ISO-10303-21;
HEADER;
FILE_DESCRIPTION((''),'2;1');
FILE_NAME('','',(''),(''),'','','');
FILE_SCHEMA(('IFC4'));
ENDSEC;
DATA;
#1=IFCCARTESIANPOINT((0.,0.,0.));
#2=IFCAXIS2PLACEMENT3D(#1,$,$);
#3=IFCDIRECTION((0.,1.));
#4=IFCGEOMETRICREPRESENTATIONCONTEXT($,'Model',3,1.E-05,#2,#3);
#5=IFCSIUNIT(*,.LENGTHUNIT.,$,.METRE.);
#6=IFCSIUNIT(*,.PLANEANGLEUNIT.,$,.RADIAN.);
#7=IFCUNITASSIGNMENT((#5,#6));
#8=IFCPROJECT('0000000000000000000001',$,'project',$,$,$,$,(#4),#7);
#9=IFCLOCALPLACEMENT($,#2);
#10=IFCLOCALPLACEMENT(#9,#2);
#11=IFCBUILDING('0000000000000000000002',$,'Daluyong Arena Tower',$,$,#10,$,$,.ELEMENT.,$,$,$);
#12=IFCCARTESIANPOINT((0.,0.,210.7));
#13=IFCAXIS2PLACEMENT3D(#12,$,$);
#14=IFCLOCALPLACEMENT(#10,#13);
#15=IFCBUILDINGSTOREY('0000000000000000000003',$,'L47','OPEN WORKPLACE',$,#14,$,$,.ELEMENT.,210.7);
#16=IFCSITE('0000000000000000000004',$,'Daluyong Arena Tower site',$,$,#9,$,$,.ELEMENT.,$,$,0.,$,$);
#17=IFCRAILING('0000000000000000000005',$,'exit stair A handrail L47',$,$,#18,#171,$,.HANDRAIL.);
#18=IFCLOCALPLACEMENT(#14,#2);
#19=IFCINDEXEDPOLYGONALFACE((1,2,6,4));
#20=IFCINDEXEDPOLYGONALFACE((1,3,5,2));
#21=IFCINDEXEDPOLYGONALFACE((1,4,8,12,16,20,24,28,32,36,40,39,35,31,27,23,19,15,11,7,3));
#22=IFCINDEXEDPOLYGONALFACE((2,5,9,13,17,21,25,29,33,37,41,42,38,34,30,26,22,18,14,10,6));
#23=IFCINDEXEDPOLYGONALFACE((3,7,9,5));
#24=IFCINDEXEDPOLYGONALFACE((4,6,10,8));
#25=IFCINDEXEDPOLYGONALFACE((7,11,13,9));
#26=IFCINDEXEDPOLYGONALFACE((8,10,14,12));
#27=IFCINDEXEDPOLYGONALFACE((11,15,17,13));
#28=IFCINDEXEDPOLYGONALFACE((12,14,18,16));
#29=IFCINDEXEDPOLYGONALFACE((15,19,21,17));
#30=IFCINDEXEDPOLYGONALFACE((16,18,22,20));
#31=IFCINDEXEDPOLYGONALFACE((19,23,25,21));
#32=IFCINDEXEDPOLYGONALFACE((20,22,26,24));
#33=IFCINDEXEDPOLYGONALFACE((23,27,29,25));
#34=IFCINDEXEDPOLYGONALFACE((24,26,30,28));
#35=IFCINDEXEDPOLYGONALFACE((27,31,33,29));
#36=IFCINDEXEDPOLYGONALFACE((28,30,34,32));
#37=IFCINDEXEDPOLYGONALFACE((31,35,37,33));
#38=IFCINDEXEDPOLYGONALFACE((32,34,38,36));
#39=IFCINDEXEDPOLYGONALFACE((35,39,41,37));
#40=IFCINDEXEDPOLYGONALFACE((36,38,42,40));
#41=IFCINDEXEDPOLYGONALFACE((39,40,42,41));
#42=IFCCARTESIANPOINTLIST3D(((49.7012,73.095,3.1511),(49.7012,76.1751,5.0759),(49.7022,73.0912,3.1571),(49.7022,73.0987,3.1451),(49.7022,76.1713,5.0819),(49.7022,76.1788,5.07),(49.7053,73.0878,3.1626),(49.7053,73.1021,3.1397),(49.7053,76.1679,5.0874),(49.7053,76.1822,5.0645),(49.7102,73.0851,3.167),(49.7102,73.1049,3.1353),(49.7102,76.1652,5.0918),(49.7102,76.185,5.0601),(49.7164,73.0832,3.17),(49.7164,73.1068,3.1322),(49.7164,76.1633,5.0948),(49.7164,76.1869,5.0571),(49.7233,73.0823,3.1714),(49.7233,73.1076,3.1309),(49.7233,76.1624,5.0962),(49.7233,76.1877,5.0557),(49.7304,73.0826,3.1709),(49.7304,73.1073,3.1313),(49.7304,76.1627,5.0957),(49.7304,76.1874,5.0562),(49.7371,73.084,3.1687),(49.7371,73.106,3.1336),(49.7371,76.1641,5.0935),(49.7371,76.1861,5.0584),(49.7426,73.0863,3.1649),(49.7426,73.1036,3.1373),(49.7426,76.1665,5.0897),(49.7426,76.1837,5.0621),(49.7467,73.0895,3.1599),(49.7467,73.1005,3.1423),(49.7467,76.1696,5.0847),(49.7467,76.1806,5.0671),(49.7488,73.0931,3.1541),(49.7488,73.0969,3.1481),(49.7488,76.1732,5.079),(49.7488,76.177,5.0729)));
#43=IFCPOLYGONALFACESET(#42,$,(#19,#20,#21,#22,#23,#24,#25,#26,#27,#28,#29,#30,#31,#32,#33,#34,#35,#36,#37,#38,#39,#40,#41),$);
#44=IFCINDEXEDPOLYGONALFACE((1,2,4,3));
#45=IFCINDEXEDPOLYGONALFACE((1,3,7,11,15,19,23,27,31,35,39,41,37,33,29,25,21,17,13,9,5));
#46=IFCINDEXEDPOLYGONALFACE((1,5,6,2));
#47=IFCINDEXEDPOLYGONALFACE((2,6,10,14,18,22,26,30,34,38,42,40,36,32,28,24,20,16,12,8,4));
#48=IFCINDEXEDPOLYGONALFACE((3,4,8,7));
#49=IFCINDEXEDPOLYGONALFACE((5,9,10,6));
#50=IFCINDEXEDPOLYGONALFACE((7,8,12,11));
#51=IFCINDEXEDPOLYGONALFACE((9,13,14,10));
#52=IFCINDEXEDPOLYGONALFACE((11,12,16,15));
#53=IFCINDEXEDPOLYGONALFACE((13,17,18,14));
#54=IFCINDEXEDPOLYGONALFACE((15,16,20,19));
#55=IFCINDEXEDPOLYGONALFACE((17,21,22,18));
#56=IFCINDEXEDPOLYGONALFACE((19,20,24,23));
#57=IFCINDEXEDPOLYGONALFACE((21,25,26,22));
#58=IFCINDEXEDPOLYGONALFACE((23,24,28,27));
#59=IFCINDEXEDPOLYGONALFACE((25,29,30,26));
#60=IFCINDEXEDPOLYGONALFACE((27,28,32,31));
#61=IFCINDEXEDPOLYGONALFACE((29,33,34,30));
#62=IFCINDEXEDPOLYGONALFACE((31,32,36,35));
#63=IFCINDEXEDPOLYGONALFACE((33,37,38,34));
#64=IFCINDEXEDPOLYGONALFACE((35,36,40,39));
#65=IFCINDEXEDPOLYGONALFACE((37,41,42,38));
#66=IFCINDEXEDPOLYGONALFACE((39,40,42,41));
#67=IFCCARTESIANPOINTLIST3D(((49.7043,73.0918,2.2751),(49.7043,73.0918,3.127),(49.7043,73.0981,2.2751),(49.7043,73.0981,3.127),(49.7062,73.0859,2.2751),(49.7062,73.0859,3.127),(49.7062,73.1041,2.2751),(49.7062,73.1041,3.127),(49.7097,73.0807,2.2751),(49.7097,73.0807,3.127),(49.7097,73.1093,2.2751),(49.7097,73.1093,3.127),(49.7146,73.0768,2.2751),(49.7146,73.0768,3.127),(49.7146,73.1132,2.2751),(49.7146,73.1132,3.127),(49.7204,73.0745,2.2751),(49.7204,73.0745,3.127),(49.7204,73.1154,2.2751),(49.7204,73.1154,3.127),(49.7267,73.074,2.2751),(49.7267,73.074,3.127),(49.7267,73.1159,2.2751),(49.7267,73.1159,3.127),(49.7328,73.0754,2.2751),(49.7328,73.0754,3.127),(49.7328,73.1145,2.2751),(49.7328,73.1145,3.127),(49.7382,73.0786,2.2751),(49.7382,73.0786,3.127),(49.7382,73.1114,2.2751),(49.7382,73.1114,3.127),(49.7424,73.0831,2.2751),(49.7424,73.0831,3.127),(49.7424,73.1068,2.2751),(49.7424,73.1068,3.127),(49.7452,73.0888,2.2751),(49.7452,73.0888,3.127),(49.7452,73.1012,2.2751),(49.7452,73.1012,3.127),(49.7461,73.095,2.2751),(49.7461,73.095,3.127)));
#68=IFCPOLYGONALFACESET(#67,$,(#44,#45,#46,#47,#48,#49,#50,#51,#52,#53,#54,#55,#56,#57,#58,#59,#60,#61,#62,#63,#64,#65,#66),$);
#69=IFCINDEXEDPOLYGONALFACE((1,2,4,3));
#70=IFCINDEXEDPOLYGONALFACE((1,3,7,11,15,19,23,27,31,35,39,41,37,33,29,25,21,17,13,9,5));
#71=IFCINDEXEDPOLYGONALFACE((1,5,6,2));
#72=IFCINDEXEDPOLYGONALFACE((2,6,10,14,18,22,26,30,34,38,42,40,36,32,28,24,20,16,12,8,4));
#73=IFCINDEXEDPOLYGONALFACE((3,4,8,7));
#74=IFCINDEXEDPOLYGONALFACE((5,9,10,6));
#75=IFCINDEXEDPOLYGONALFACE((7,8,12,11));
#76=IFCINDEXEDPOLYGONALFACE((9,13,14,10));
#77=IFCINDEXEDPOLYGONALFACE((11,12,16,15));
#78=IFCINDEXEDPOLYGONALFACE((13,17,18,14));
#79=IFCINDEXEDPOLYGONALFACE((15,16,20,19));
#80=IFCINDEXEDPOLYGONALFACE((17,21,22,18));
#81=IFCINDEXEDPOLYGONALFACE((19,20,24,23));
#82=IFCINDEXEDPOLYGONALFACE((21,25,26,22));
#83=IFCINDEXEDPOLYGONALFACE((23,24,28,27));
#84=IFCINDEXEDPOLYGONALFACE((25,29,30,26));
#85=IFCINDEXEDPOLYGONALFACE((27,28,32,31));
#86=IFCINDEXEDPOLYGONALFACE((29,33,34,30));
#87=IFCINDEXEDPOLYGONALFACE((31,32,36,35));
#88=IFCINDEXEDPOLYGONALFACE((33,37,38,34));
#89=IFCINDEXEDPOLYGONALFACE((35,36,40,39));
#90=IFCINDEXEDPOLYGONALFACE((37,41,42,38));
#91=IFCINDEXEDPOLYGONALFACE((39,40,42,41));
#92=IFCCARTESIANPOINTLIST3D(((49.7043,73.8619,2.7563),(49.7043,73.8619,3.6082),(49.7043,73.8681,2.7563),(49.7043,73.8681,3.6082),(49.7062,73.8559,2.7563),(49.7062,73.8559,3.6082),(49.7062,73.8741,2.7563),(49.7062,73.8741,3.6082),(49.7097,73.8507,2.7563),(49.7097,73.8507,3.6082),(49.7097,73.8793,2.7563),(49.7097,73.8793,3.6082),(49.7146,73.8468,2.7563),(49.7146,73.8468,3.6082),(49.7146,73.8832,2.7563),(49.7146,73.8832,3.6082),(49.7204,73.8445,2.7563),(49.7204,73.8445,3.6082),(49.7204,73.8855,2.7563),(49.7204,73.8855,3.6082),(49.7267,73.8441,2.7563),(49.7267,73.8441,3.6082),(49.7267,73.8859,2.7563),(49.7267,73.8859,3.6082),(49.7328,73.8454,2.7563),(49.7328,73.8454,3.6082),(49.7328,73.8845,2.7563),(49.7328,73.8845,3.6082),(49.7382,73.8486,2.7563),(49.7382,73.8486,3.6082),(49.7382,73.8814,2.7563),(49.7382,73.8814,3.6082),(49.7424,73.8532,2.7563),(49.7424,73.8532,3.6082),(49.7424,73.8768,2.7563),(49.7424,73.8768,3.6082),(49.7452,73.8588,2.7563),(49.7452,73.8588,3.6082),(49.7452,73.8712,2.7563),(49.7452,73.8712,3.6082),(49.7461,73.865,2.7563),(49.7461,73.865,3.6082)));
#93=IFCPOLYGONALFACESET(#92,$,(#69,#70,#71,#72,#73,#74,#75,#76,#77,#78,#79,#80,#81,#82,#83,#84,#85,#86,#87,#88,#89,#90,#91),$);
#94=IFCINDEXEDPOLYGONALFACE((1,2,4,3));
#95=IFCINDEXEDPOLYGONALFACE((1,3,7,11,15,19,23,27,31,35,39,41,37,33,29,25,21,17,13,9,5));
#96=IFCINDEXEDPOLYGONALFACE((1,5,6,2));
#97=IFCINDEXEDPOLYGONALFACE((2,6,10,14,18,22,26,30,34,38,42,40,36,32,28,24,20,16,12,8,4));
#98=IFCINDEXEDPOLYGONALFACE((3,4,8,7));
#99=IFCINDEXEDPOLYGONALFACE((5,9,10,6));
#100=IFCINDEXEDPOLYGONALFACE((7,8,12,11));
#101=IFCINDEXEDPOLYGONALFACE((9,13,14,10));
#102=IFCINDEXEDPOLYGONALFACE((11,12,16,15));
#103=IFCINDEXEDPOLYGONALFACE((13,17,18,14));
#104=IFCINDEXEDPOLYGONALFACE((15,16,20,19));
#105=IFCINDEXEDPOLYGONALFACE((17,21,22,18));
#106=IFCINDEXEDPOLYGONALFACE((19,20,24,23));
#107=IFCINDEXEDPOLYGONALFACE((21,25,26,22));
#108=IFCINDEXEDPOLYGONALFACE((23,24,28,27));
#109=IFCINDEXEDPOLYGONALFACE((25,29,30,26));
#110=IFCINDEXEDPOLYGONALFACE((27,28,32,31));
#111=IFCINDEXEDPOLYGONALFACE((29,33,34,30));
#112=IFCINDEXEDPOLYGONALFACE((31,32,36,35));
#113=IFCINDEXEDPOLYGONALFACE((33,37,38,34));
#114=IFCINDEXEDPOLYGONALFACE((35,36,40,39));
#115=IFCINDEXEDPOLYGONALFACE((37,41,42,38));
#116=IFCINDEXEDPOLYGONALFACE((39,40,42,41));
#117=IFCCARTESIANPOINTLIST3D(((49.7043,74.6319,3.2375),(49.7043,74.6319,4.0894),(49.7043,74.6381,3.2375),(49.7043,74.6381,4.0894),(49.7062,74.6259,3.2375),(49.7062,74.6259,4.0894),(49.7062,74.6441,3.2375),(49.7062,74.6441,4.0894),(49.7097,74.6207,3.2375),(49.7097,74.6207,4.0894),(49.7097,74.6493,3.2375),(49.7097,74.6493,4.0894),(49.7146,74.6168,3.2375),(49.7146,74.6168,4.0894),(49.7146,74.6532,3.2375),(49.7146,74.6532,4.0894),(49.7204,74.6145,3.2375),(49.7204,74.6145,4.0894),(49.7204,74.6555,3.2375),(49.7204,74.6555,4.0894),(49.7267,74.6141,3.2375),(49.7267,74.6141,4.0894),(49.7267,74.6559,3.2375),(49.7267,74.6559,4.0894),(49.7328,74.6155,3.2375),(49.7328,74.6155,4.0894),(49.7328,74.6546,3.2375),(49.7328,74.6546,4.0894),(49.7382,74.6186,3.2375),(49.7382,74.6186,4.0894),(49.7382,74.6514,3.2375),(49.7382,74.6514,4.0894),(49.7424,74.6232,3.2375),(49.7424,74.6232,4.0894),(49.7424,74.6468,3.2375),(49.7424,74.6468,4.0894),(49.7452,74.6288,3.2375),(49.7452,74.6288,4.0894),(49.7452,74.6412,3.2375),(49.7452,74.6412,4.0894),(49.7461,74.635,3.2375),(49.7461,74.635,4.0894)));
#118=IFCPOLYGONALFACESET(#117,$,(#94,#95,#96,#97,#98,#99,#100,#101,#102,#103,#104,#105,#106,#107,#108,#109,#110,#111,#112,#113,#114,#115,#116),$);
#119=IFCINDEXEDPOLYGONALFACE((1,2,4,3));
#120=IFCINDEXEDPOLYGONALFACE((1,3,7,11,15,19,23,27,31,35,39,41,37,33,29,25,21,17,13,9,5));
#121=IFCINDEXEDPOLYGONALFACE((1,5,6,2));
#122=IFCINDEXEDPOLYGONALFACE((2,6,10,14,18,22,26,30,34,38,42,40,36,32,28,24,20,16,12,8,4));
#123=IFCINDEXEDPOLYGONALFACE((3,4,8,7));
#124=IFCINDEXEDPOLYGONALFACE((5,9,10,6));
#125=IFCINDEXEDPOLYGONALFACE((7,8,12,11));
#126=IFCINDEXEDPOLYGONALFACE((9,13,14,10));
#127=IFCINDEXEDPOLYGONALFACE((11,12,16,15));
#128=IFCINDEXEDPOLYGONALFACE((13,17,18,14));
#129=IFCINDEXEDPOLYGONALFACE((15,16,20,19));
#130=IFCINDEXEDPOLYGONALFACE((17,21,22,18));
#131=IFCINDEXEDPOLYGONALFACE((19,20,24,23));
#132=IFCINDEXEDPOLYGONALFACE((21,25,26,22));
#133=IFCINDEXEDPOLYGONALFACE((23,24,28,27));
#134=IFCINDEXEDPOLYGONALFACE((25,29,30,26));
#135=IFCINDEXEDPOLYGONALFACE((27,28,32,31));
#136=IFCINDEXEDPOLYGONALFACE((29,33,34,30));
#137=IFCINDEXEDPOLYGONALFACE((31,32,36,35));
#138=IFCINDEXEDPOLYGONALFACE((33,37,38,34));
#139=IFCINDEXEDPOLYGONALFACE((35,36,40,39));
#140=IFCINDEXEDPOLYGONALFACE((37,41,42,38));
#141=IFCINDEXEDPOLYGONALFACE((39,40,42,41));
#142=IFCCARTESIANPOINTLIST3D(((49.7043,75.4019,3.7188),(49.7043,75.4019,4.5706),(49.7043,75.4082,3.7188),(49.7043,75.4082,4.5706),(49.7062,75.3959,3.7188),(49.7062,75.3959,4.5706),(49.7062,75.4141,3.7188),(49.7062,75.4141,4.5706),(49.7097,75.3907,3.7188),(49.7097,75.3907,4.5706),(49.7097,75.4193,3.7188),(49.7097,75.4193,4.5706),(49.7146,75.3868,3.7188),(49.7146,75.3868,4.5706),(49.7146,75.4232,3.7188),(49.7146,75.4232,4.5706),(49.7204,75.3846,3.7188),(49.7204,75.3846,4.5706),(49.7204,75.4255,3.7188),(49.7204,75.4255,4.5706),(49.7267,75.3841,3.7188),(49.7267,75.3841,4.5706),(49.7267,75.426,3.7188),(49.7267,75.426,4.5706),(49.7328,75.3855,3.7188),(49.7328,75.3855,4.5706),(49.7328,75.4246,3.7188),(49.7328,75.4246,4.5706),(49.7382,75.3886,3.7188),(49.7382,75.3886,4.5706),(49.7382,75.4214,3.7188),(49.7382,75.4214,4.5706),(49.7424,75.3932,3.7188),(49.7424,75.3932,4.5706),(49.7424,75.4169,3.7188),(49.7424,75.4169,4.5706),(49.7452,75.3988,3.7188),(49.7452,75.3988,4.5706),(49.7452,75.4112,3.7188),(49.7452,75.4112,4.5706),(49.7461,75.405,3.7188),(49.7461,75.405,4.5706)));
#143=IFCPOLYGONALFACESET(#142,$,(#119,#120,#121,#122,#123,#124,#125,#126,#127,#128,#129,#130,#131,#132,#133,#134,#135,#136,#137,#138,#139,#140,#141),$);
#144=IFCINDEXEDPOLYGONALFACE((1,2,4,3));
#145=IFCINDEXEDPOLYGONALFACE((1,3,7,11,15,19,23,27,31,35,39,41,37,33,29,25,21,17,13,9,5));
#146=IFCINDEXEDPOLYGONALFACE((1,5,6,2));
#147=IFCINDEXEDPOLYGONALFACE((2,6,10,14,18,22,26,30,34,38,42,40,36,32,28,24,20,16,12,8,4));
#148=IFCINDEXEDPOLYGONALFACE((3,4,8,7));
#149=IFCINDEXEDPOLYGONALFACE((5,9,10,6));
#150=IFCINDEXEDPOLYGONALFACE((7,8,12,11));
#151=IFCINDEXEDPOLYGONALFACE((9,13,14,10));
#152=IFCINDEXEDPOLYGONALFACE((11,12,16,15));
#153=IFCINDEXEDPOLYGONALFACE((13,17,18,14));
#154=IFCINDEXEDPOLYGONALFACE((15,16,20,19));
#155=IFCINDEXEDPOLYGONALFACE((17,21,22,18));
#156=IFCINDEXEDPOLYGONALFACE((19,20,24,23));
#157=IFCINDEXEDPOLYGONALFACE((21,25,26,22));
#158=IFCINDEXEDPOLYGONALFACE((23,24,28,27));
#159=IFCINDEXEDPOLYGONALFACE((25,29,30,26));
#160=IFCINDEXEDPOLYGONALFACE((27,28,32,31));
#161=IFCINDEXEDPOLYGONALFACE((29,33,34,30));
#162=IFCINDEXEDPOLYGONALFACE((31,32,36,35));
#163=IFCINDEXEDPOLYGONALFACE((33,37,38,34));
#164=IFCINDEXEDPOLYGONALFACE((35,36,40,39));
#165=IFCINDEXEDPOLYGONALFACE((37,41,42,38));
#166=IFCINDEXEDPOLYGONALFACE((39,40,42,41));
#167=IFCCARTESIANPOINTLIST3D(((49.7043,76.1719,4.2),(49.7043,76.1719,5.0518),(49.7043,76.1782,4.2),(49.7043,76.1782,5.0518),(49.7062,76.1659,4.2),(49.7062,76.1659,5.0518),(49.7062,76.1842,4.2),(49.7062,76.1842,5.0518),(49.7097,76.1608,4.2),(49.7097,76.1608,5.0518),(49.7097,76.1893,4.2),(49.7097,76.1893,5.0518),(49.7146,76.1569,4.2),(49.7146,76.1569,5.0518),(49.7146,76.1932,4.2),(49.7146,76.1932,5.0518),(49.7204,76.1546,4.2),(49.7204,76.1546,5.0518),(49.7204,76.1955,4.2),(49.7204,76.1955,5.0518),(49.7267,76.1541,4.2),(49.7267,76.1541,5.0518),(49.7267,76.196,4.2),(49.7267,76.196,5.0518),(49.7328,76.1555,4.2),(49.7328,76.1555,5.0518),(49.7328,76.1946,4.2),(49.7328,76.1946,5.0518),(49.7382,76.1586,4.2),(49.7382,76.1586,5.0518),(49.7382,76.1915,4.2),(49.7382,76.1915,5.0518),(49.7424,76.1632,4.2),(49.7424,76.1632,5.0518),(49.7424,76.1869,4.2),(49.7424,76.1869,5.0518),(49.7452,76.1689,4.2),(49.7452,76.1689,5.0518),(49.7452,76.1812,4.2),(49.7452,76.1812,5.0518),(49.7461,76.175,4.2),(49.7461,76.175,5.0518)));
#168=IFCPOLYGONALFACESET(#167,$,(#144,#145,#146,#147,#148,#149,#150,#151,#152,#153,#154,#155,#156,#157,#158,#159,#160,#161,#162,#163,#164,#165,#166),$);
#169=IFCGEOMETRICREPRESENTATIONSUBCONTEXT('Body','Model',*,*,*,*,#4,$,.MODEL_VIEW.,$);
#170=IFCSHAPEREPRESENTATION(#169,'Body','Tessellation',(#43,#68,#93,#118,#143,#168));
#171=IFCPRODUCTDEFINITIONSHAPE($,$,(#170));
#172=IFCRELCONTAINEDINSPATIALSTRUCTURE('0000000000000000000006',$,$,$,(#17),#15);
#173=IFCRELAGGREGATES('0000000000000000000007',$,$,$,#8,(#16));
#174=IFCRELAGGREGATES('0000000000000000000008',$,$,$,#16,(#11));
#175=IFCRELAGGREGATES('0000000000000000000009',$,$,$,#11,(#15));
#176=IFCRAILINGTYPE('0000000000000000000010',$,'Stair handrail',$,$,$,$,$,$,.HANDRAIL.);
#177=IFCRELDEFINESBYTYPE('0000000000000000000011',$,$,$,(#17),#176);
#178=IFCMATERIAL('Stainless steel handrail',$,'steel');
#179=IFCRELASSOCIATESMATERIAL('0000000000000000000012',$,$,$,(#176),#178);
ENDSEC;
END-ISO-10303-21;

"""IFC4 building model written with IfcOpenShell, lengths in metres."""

from ifc_helpers import new_model, si_unit, direction, frame, origin, origin_2d, place, context, subcontext, project, spatial, circle, extrude, material, type_object, element, save


model = new_model("IFC4")

# Units and contexts
model_context = context("Model", 3, precision=1e-05, world=origin(), true_north=direction((0.0, 1.0)))
body_context = subcontext(model_context, "Body", "Model", "MODEL_VIEW")
ifc_project = project(units=[si_unit("LENGTHUNIT", "METRE"), si_unit("PLANEANGLEUNIT", "RADIAN")], contexts=[model_context])

# Site, building, storey
site_placement = place(None, origin())
site = spatial("IfcSite", under=ifc_project, at=site_placement, Name="Daluyong Arena Tower site", CompositionType="ELEMENT", RefElevation=0.0)
building_placement = place(site_placement, origin())
building = spatial("IfcBuilding", under=site, at=building_placement, Name="Daluyong Arena Tower", CompositionType="ELEMENT")
storey_placement = place(building_placement, frame((0.0, 0.0, 210.7)))
storey = spatial("IfcBuildingStorey", under=building, at=storey_placement, Name="L47", Description="OPEN WORKPLACE", CompositionType="ELEMENT", Elevation=210.7)

# Railing
ifc_material_1 = material(Name="Stainless steel handrail", Category="steel")
railing_type_1 = type_object("IfcRailingType", Name="Stair handrail", PredefinedType="HANDRAIL", material=ifc_material_1)
railing_1_placement = place(storey_placement, frame((49.7251, 73.095, 2.2751)))
element("IfcRailing", 1, at=railing_1_placement, inside=storey, type_object=railing_type_1, Name="exit stair A handrail L47", PredefinedType="HANDRAIL", context=body_context, shape_type="SweptSolid", body=[
    extrude(circle(Radius=0.0239, at=origin_2d()), frame((0.0, 0.0, 0.876), z_axis=(0.0, 0.848029, 0.529951), x_axis=(-1.0, 0.0, 0.0)), (0.0, 0.0, 1.0), 3.6321),
    extrude(circle(Radius=0.021, at=origin_2d()), origin(), (0.0, 0.0, 1.0), 0.8518),
    extrude(circle(Radius=0.021, at=origin_2d()), frame((0.0, 0.77, 0.4812)), (0.0, 0.0, 1.0), 0.8518),
    extrude(circle(Radius=0.021, at=origin_2d()), frame((0.0, 1.54, 0.9624)), (0.0, 0.0, 1.0), 0.8518),
    extrude(circle(Radius=0.021, at=origin_2d()), frame((0.0, 2.3101, 1.4436)), (0.0, 0.0, 1.0), 0.8518),
    extrude(circle(Radius=0.021, at=origin_2d()), frame((0.0, 3.0801, 1.9248)), (0.0, 0.0, 1.0), 0.8518),
])

save(model, "model.ifc")
